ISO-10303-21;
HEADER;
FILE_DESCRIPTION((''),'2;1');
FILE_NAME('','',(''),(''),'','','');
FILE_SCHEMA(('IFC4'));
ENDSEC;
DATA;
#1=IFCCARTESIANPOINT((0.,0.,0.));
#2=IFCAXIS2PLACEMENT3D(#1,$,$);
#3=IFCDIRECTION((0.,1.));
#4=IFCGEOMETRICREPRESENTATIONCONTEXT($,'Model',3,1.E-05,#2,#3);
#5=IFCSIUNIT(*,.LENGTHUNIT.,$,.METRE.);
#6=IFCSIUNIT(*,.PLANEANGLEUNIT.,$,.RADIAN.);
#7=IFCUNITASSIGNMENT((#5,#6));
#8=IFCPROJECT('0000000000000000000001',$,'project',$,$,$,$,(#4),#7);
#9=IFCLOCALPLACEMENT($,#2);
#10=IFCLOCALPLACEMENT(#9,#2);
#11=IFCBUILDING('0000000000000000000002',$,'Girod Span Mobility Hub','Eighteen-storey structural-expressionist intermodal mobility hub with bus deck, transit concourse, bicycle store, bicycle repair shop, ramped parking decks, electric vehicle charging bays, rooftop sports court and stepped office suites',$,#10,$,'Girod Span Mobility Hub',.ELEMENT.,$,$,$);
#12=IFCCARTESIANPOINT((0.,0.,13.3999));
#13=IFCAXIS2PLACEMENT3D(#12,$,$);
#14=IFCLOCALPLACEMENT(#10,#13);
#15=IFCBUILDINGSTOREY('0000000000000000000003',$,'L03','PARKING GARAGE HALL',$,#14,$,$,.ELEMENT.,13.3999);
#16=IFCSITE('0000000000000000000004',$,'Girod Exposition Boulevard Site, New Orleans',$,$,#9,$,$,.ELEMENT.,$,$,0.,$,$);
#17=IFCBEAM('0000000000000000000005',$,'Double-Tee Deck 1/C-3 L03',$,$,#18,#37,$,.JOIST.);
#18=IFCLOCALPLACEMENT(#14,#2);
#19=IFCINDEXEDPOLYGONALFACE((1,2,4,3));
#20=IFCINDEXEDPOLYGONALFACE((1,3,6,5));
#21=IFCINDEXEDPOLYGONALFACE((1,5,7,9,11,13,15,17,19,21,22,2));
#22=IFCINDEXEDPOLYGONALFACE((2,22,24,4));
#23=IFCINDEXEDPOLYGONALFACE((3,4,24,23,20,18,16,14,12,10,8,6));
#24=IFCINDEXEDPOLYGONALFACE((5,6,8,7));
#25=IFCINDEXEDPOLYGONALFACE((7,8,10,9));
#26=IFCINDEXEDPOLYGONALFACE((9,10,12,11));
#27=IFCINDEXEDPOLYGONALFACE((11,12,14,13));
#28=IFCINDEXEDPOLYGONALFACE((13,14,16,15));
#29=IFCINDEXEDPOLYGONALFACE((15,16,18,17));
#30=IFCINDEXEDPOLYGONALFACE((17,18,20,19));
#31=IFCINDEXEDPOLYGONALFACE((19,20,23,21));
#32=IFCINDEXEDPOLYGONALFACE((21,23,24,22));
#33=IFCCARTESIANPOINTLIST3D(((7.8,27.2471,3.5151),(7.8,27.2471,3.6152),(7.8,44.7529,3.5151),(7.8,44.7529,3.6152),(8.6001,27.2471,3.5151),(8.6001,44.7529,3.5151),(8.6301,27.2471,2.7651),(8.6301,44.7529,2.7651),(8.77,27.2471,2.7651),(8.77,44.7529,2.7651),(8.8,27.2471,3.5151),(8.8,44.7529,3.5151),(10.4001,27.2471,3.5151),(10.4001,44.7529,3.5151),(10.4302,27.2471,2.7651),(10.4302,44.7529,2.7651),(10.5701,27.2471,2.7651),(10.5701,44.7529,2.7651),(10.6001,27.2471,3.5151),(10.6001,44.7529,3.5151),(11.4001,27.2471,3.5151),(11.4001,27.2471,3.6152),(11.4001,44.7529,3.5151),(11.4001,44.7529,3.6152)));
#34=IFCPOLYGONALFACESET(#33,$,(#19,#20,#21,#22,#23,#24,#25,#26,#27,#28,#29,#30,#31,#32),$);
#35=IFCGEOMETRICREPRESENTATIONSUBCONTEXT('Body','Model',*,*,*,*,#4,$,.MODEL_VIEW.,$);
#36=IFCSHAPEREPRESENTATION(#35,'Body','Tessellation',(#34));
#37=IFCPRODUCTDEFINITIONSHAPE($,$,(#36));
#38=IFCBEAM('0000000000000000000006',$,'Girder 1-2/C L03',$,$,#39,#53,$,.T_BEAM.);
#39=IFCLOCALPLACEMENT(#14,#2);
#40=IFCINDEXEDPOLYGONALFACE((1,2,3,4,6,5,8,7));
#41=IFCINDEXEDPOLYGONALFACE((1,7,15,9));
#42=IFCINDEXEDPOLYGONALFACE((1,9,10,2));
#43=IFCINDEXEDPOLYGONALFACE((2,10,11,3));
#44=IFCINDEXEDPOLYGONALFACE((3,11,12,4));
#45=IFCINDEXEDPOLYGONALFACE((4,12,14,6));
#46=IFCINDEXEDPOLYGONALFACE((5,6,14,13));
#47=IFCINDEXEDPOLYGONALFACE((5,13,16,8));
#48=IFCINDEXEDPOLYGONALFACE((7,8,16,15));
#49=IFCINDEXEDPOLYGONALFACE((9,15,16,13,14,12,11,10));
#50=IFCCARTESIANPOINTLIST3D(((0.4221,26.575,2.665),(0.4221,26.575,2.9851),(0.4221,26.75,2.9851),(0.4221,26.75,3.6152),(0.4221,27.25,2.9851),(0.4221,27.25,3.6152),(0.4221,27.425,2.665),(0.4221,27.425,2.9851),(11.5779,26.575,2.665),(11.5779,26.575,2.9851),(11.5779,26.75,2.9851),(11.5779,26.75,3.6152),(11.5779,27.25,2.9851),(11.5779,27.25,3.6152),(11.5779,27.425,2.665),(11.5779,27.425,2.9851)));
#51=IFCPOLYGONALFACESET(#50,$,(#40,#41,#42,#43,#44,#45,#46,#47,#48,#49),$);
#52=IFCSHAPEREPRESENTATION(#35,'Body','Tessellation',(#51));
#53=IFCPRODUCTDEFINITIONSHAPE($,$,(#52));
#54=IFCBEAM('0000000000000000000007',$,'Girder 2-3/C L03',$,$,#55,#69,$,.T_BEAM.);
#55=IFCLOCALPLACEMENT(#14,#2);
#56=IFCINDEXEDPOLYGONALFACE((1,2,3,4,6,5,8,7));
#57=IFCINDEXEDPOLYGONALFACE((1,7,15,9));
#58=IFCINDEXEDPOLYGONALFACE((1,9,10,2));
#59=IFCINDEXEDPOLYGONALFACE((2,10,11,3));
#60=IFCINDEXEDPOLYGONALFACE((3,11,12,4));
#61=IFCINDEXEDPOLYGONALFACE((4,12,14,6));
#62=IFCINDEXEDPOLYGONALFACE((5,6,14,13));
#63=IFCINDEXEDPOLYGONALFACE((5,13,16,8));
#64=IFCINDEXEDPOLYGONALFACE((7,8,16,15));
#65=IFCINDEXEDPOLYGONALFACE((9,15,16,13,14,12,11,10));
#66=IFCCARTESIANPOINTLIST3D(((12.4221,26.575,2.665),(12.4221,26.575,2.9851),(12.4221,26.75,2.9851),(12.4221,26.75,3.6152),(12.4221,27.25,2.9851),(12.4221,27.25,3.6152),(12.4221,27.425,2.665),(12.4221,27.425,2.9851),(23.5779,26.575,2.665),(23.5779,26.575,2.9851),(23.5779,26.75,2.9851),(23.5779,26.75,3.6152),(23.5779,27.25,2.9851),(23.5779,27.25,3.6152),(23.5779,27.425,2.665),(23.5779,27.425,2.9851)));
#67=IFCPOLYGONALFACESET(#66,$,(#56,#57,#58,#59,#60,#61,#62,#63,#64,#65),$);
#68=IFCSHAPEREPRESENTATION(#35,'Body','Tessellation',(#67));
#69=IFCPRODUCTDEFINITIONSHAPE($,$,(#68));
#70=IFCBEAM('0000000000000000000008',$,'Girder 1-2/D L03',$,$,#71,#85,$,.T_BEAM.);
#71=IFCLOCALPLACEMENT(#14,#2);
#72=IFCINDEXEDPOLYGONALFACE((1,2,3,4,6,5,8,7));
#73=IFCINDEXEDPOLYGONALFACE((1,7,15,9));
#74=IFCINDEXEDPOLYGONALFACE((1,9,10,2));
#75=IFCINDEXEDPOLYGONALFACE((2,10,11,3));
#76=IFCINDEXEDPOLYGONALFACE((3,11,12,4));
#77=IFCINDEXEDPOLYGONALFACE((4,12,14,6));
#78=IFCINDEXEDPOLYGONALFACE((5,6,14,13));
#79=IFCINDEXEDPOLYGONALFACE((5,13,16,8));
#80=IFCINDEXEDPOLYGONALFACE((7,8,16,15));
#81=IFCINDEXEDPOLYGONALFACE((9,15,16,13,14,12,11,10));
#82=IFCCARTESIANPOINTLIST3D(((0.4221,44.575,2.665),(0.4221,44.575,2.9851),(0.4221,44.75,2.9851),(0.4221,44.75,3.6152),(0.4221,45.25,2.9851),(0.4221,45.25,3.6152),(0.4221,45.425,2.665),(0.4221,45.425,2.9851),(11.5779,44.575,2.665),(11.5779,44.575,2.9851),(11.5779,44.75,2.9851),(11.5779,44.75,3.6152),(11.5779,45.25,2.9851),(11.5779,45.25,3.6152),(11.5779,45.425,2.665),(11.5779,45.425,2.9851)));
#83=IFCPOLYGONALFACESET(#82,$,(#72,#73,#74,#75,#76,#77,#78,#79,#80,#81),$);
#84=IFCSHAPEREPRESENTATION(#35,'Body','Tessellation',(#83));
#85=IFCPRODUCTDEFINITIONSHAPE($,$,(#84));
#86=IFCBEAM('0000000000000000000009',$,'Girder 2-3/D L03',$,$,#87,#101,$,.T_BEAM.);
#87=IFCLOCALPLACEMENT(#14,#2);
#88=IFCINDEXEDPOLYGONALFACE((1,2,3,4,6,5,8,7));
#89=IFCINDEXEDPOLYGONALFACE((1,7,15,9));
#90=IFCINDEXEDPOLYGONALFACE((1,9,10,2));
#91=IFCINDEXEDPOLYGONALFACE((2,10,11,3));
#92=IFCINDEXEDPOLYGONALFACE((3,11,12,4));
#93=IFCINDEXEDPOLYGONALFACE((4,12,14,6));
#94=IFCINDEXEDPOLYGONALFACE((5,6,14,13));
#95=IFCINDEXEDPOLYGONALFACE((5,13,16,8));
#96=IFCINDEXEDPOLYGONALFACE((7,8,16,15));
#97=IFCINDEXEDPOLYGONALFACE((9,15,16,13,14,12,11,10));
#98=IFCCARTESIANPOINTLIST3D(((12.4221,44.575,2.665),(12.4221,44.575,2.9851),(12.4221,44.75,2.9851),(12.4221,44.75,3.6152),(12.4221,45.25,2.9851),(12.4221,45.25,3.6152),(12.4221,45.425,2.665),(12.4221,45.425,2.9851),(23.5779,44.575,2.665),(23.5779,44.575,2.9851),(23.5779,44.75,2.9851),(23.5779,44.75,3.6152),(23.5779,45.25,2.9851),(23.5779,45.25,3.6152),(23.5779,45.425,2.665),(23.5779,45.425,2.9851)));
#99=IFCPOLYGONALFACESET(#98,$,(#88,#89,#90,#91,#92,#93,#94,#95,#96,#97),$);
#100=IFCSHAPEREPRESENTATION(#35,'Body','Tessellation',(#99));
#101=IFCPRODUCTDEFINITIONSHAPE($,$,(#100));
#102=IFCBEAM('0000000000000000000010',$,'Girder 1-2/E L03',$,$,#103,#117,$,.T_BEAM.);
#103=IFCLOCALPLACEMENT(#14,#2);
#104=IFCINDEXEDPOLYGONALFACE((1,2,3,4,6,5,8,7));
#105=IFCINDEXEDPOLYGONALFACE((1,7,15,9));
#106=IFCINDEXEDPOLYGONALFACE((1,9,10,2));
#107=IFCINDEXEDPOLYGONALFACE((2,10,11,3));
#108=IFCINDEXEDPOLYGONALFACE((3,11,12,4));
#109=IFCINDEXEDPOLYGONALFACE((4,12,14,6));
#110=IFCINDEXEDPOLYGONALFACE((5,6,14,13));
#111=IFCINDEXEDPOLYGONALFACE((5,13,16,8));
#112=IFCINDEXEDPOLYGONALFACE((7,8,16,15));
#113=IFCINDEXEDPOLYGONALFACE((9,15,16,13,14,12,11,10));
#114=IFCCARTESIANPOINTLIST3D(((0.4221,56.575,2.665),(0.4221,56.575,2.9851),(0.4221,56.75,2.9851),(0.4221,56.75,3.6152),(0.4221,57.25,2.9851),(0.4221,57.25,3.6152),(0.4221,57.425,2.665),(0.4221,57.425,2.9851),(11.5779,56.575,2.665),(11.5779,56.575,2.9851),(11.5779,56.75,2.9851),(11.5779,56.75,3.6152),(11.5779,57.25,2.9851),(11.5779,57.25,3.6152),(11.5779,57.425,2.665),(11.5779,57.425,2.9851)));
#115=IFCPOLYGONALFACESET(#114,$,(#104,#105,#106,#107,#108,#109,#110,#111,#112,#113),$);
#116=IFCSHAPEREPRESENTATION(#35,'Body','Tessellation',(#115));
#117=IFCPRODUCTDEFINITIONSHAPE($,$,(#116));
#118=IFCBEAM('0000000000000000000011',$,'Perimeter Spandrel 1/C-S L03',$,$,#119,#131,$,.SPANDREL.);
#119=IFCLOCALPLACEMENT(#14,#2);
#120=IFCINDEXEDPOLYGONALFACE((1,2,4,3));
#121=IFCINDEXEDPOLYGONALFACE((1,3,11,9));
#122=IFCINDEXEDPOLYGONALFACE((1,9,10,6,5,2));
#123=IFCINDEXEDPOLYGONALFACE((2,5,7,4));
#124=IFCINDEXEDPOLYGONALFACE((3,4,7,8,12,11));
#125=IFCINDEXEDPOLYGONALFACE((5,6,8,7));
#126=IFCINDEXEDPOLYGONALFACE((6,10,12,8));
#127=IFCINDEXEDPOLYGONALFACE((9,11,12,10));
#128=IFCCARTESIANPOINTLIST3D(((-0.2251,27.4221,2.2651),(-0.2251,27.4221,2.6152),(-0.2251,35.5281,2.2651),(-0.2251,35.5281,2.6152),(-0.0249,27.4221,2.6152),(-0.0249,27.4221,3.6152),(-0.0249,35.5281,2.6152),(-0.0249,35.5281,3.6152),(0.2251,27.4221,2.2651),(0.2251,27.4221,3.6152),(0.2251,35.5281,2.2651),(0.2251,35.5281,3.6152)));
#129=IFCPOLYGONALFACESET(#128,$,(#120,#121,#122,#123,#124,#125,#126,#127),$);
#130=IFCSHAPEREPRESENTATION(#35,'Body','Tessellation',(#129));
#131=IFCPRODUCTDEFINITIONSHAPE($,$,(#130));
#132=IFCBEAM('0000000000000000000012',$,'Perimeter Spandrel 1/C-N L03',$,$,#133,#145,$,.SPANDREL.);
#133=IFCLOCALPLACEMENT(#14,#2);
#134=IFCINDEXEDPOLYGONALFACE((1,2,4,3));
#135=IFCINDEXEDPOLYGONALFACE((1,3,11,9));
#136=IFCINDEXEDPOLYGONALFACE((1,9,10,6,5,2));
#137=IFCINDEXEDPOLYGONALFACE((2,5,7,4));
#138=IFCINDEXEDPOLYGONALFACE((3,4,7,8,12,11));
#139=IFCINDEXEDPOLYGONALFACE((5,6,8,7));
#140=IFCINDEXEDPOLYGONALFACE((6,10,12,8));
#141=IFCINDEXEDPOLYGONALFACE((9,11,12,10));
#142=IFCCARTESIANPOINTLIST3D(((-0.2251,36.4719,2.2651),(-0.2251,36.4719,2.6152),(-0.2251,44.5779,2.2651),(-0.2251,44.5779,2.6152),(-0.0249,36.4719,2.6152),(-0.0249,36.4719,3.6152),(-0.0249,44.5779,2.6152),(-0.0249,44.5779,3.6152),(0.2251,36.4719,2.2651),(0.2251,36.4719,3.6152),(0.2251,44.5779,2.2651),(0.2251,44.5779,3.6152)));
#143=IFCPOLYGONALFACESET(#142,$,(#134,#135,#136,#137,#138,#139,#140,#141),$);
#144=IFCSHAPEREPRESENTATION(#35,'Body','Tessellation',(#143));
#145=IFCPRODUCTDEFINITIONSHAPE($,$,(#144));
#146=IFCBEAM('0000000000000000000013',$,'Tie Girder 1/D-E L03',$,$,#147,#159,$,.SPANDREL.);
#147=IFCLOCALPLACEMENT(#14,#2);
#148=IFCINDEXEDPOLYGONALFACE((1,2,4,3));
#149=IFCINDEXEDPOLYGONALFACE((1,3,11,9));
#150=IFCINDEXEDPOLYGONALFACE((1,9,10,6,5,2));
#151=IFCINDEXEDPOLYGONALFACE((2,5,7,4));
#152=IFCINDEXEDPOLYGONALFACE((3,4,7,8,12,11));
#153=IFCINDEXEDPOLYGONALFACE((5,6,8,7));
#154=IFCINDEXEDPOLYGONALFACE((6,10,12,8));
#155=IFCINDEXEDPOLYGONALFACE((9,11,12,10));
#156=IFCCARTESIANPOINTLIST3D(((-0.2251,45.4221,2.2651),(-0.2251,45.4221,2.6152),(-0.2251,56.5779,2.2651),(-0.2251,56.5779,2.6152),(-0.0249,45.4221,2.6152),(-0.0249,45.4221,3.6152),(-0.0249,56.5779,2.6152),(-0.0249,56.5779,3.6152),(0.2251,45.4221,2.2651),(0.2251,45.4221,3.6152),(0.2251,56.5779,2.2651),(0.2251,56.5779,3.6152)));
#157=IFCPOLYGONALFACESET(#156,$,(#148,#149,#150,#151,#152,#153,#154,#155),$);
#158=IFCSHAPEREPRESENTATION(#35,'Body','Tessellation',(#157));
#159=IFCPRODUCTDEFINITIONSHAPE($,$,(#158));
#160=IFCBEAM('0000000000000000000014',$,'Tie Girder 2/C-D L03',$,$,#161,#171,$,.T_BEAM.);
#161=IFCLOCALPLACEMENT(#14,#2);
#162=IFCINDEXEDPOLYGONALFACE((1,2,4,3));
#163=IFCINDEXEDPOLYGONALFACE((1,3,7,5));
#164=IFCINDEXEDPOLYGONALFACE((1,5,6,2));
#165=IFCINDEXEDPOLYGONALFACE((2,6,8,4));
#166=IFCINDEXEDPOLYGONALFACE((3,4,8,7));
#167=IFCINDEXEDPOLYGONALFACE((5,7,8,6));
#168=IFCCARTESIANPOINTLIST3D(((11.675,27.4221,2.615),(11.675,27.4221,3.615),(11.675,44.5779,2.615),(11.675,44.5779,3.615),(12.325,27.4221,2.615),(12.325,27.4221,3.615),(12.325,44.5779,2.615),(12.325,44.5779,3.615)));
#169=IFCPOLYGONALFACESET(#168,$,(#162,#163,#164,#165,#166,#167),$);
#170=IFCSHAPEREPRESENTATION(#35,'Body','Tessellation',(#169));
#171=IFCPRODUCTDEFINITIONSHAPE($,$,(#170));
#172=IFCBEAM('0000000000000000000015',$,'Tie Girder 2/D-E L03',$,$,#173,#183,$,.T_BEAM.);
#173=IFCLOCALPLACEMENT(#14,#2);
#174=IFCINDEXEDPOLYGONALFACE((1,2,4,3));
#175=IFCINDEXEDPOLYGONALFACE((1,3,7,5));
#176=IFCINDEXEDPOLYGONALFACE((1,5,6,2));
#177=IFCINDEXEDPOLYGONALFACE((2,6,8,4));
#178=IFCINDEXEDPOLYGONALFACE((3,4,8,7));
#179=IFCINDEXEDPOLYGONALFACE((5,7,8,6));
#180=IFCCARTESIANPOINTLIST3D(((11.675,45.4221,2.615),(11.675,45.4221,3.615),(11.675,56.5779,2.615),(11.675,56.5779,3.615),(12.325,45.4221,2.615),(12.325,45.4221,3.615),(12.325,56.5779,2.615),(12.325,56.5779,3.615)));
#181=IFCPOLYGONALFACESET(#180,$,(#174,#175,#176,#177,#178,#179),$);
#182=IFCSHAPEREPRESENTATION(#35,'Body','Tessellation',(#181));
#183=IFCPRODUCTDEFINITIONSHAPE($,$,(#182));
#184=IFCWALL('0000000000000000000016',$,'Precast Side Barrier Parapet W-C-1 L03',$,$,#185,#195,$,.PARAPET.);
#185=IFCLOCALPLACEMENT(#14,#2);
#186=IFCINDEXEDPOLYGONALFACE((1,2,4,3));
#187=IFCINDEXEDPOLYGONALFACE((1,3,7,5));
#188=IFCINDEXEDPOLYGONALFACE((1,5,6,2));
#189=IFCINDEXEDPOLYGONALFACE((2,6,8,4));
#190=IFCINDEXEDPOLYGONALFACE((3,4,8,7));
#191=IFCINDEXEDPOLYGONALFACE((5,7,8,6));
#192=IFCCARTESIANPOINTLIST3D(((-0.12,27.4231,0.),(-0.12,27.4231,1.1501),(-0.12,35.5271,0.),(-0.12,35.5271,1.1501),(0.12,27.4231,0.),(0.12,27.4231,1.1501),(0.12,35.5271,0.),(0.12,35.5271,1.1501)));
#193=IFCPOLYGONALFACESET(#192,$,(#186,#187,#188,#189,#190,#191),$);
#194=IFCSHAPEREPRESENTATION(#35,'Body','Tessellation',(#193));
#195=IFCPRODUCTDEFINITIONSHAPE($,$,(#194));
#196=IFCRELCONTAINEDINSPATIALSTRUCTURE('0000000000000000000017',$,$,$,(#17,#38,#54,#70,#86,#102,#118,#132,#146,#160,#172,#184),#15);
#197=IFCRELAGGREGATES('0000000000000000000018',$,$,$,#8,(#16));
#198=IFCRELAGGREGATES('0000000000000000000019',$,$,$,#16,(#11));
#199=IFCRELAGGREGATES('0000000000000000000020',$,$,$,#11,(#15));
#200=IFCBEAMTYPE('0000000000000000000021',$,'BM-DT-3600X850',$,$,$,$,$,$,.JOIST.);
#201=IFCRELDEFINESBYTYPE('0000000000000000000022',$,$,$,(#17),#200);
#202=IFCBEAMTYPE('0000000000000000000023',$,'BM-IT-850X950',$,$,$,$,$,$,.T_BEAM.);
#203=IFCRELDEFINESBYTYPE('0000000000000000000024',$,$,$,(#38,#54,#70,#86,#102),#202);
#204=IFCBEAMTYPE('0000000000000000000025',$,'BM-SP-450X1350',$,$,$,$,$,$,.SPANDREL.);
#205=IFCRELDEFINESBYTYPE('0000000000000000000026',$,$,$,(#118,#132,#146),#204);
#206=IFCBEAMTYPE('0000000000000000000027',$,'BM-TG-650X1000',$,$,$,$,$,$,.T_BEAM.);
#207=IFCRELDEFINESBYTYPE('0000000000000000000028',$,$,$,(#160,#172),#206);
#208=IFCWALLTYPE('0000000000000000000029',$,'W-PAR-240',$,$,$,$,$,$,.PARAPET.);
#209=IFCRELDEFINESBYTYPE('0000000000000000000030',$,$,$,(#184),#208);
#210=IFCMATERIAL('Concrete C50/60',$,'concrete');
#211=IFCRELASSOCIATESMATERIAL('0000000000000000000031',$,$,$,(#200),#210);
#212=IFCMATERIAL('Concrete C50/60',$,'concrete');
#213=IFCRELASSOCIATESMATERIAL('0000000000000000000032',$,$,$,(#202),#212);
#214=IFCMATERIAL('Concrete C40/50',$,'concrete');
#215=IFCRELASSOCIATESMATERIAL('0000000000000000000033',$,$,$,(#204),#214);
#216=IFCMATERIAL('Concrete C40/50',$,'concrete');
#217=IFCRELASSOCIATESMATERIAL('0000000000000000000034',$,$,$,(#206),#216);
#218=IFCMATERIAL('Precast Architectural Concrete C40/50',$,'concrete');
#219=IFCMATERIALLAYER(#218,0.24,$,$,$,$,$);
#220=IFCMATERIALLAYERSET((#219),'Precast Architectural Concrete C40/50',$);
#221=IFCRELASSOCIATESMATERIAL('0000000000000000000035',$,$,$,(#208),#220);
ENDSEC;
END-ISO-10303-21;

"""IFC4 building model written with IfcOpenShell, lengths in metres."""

from ifc_helpers import new_model, si_unit, direction, frame, frame_2d, origin, origin_2d, place, context, subcontext, project, spatial, polyline, rectangle, outline, extrude, material, layer, layer_set, material_profile, profile_set, type_object, element, save


model = new_model("IFC4")

# Units and contexts
model_context = context("Model", 3, precision=1e-05, world=origin(), true_north=direction((0.0, 1.0)))
body_context = subcontext(model_context, "Body", "Model", "MODEL_VIEW")
ifc_project = project(units=[si_unit("LENGTHUNIT", "METRE"), si_unit("PLANEANGLEUNIT", "RADIAN")], contexts=[model_context])

# Site, building, storey
site_placement = place(None, origin())
site = spatial("IfcSite", under=ifc_project, at=site_placement, Name="Girod Exposition Boulevard Site, New Orleans", CompositionType="ELEMENT", RefElevation=0.0)
building_placement = place(site_placement, origin())
building = spatial("IfcBuilding", under=site, at=building_placement, Name="Girod Span Mobility Hub", Description="Eighteen-storey structural-expressionist intermodal mobility hub with bus deck, transit concourse, bicycle store, bicycle repair shop, ramped parking decks, electric vehicle charging bays, rooftop sports court and stepped office suites", LongName="Girod Span Mobility Hub", CompositionType="ELEMENT")
storey_placement = place(building_placement, frame((0.0, 0.0, 13.3999)))
storey = spatial("IfcBuildingStorey", under=building, at=storey_placement, Name="L03", Description="PARKING GARAGE HALL", CompositionType="ELEMENT", Elevation=13.3999)

# Beams
ifc_material_1 = material(Name="Concrete C50/60", Category="concrete")
ifc_material_profile_1 = material_profile(ifc_material_1, outline(polyline([(-1.8, 0.425), (-1.8, 0.325), (-1.0, 0.325), (-0.97, -0.425), (-0.8301, -0.425), (-0.8, 0.325), (0.8, 0.325), (0.8301, -0.425), (0.97, -0.425), (1.0, 0.325), (1.8, 0.325), (1.8, 0.425), (-1.8, 0.425)])), Name="DT-3600X850")
ifc_profile_set_1 = profile_set([ifc_material_profile_1], Name="Concrete C50/60")
beam_type_1 = type_object("IfcBeamType", Name="BM-DT-3600X850", PredefinedType="JOIST", material=ifc_profile_set_1)
for number, where, z_axis, x_axis, name in (
    (1, (9.6001, 27.2471, 3.1902), (0.0, 1.0, 0.0), (-1.0, 0.0, 0.0), "Double-Tee Deck 1/C-3 L03"),
):
    element("IfcBeam", number, at=place(storey_placement, frame(where, z_axis=z_axis, x_axis=x_axis)), inside=storey, type_object=beam_type_1, Name=name, PredefinedType="JOIST", context=body_context, shape_type="SweptSolid", body=[
        extrude(outline(polyline([(-1.8, 0.425), (-1.8, 0.325), (-1.0, 0.325), (-0.97, -0.425), (-0.8301, -0.425), (-0.8, 0.325), (0.8, 0.325), (0.8301, -0.425), (0.97, -0.425), (1.0, 0.325), (1.8, 0.325), (1.8, 0.425), (-1.8, 0.425)])), origin(), (0.0, 0.0, 1.0), 17.5059),
    ])
ifc_material_2 = material(Name="Concrete C50/60", Category="concrete")
ifc_material_profile_2 = material_profile(ifc_material_2, outline(polyline([(-0.425, -0.4751), (0.425, -0.4751), (0.425, -0.155), (0.25, -0.155), (0.25, 0.4751), (-0.25, 0.4751), (-0.25, -0.155), (-0.425, -0.155), (-0.425, -0.4751)])), Name="IT-850X950")
ifc_profile_set_2 = profile_set([ifc_material_profile_2], Name="Concrete C50/60")
beam_type_2 = type_object("IfcBeamType", Name="BM-IT-850X950", PredefinedType="T_BEAM", material=ifc_profile_set_2)
for number, where, z_axis, x_axis, name in (
    (2, (0.4221, 27.0, 3.1401), (1.0, 0.0, 0.0), (0.0, 1.0, 0.0), "Girder 1-2/C L03"),
    (3, (12.4221, 27.0, 3.1401), (1.0, 0.0, 0.0), (0.0, 1.0, 0.0), "Girder 2-3/C L03"),
    (4, (0.4221, 45.0, 3.1401), (1.0, 0.0, 0.0), (0.0, 1.0, 0.0), "Girder 1-2/D L03"),
    (5, (12.4221, 45.0, 3.1401), (1.0, 0.0, 0.0), (0.0, 1.0, 0.0), "Girder 2-3/D L03"),
    (6, (0.4221, 57.0, 3.1401), (1.0, 0.0, 0.0), (0.0, 1.0, 0.0), "Girder 1-2/E L03"),
):
    element("IfcBeam", number, at=place(storey_placement, frame(where, z_axis=z_axis, x_axis=x_axis)), inside=storey, type_object=beam_type_2, Name=name, PredefinedType="T_BEAM", context=body_context, shape_type="SweptSolid", body=[
        extrude(outline(polyline([(-0.425, -0.4751), (0.425, -0.4751), (0.425, -0.155), (0.25, -0.155), (0.25, 0.4751), (-0.25, 0.4751), (-0.25, -0.155), (-0.425, -0.155), (-0.425, -0.4751)])), origin(), (0.0, 0.0, 1.0), 11.1558),
    ])
ifc_material_3 = material(Name="Concrete C40/50", Category="concrete")
ifc_material_profile_3 = material_profile(ifc_material_3, outline(polyline([(-0.2251, -0.675), (0.2251, -0.675), (0.2251, -0.325), (0.0249, -0.325), (0.0249, 0.675), (-0.2251, 0.675), (-0.2251, -0.675)])), Name="SP-450X1350")
ifc_profile_set_3 = profile_set([ifc_material_profile_3], Name="Concrete C40/50")
beam_type_3 = type_object("IfcBeamType", Name="BM-SP-450X1350", PredefinedType="SPANDREL", material=ifc_profile_set_3)
for number, where, z_axis, x_axis, name in (
    (7, (0.0, 27.4221, 2.9402), (0.0, 1.0, 0.0), (-1.0, 0.0, 0.0), "Perimeter Spandrel 1/C-S L03"),
    (8, (0.0, 36.4719, 2.9402), (0.0, 1.0, 0.0), (-1.0, 0.0, 0.0), "Perimeter Spandrel 1/C-N L03"),
):
    element("IfcBeam", number, at=place(storey_placement, frame(where, z_axis=z_axis, x_axis=x_axis)), inside=storey, type_object=beam_type_3, Name=name, PredefinedType="SPANDREL", context=body_context, shape_type="SweptSolid", body=[
        extrude(outline(polyline([(-0.2251, -0.675), (0.2251, -0.675), (0.2251, -0.325), (0.0249, -0.325), (0.0249, 0.675), (-0.2251, 0.675), (-0.2251, -0.675)])), origin(), (0.0, 0.0, 1.0), 8.106),
    ])
beam_1_placement = place(storey_placement, frame((0.0, 45.4221, 2.9402), z_axis=(0.0, 1.0, 0.0), x_axis=(-1.0, 0.0, 0.0)))
element("IfcBeam", 9, at=beam_1_placement, inside=storey, type_object=beam_type_3, Name="Tie Girder 1/D-E L03", PredefinedType="SPANDREL", context=body_context, shape_type="SweptSolid", body=[
    extrude(outline(polyline([(-0.2251, -0.675), (0.2251, -0.675), (0.2251, -0.325), (0.0249, -0.325), (0.0249, 0.675), (-0.2251, 0.675), (-0.2251, -0.675)])), origin(), (0.0, 0.0, 1.0), 11.1558),
])
ifc_material_4 = material(Name="Concrete C40/50", Category="concrete")
ifc_material_profile_4 = material_profile(ifc_material_4, rectangle(XDim=0.6499, YDim=1.0, at=origin_2d()), Name="TG-650X1000")
ifc_profile_set_4 = profile_set([ifc_material_profile_4], Name="Concrete C40/50")
beam_type_4 = type_object("IfcBeamType", Name="BM-TG-650X1000", PredefinedType="T_BEAM", material=ifc_profile_set_4)
beam_2_placement = place(storey_placement, frame((12.0, 27.4221, 3.115), z_axis=(0.0, 1.0, 0.0), x_axis=(-1.0, 0.0, 0.0)))
element("IfcBeam", 10, at=beam_2_placement, inside=storey, type_object=beam_type_4, Name="Tie Girder 2/C-D L03", PredefinedType="T_BEAM", context=body_context, shape_type="SweptSolid", body=[
    extrude(rectangle(XDim=0.6499, YDim=1.0, at=origin_2d()), origin(), (0.0, 0.0, 1.0), 17.1558),
])
beam_3_placement = place(storey_placement, frame((12.0, 45.4221, 3.115), z_axis=(0.0, 1.0, 0.0), x_axis=(-1.0, 0.0, 0.0)))
element("IfcBeam", 11, at=beam_3_placement, inside=storey, type_object=beam_type_4, Name="Tie Girder 2/D-E L03", PredefinedType="T_BEAM", context=body_context, shape_type="SweptSolid", body=[
    extrude(rectangle(XDim=0.6499, YDim=1.0, at=origin_2d()), origin(), (0.0, 0.0, 1.0), 11.1558),
])

# Wall
ifc_material_5 = material(Name="Precast Architectural Concrete C40/50", Category="concrete")
ifc_layer = layer(ifc_material_5, 0.24)
ifc_layer_set = layer_set([ifc_layer], Name="Precast Architectural Concrete C40/50")
wall_type = type_object("IfcWallType", Name="W-PAR-240", PredefinedType="PARAPET", material=ifc_layer_set)
for number, where, z_axis, x_axis, name in (
    (12, (0.0, 27.4231, 0.0), (0.0, 0.0, 1.0), (0.0, 1.0, 0.0), "Precast Side Barrier Parapet W-C-1 L03"),
):
    element("IfcWall", number, at=place(storey_placement, frame(where, z_axis=z_axis, x_axis=x_axis)), inside=storey, type_object=wall_type, Name=name, PredefinedType="PARAPET", context=body_context, shape_type="SweptSolid", body=[
        extrude(rectangle(XDim=8.104, YDim=0.24, at=frame_2d((4.052, 0.0))), origin(), (0.0, 0.0, 1.0), 1.1501),
    ])

save(model, "model.ifc")
